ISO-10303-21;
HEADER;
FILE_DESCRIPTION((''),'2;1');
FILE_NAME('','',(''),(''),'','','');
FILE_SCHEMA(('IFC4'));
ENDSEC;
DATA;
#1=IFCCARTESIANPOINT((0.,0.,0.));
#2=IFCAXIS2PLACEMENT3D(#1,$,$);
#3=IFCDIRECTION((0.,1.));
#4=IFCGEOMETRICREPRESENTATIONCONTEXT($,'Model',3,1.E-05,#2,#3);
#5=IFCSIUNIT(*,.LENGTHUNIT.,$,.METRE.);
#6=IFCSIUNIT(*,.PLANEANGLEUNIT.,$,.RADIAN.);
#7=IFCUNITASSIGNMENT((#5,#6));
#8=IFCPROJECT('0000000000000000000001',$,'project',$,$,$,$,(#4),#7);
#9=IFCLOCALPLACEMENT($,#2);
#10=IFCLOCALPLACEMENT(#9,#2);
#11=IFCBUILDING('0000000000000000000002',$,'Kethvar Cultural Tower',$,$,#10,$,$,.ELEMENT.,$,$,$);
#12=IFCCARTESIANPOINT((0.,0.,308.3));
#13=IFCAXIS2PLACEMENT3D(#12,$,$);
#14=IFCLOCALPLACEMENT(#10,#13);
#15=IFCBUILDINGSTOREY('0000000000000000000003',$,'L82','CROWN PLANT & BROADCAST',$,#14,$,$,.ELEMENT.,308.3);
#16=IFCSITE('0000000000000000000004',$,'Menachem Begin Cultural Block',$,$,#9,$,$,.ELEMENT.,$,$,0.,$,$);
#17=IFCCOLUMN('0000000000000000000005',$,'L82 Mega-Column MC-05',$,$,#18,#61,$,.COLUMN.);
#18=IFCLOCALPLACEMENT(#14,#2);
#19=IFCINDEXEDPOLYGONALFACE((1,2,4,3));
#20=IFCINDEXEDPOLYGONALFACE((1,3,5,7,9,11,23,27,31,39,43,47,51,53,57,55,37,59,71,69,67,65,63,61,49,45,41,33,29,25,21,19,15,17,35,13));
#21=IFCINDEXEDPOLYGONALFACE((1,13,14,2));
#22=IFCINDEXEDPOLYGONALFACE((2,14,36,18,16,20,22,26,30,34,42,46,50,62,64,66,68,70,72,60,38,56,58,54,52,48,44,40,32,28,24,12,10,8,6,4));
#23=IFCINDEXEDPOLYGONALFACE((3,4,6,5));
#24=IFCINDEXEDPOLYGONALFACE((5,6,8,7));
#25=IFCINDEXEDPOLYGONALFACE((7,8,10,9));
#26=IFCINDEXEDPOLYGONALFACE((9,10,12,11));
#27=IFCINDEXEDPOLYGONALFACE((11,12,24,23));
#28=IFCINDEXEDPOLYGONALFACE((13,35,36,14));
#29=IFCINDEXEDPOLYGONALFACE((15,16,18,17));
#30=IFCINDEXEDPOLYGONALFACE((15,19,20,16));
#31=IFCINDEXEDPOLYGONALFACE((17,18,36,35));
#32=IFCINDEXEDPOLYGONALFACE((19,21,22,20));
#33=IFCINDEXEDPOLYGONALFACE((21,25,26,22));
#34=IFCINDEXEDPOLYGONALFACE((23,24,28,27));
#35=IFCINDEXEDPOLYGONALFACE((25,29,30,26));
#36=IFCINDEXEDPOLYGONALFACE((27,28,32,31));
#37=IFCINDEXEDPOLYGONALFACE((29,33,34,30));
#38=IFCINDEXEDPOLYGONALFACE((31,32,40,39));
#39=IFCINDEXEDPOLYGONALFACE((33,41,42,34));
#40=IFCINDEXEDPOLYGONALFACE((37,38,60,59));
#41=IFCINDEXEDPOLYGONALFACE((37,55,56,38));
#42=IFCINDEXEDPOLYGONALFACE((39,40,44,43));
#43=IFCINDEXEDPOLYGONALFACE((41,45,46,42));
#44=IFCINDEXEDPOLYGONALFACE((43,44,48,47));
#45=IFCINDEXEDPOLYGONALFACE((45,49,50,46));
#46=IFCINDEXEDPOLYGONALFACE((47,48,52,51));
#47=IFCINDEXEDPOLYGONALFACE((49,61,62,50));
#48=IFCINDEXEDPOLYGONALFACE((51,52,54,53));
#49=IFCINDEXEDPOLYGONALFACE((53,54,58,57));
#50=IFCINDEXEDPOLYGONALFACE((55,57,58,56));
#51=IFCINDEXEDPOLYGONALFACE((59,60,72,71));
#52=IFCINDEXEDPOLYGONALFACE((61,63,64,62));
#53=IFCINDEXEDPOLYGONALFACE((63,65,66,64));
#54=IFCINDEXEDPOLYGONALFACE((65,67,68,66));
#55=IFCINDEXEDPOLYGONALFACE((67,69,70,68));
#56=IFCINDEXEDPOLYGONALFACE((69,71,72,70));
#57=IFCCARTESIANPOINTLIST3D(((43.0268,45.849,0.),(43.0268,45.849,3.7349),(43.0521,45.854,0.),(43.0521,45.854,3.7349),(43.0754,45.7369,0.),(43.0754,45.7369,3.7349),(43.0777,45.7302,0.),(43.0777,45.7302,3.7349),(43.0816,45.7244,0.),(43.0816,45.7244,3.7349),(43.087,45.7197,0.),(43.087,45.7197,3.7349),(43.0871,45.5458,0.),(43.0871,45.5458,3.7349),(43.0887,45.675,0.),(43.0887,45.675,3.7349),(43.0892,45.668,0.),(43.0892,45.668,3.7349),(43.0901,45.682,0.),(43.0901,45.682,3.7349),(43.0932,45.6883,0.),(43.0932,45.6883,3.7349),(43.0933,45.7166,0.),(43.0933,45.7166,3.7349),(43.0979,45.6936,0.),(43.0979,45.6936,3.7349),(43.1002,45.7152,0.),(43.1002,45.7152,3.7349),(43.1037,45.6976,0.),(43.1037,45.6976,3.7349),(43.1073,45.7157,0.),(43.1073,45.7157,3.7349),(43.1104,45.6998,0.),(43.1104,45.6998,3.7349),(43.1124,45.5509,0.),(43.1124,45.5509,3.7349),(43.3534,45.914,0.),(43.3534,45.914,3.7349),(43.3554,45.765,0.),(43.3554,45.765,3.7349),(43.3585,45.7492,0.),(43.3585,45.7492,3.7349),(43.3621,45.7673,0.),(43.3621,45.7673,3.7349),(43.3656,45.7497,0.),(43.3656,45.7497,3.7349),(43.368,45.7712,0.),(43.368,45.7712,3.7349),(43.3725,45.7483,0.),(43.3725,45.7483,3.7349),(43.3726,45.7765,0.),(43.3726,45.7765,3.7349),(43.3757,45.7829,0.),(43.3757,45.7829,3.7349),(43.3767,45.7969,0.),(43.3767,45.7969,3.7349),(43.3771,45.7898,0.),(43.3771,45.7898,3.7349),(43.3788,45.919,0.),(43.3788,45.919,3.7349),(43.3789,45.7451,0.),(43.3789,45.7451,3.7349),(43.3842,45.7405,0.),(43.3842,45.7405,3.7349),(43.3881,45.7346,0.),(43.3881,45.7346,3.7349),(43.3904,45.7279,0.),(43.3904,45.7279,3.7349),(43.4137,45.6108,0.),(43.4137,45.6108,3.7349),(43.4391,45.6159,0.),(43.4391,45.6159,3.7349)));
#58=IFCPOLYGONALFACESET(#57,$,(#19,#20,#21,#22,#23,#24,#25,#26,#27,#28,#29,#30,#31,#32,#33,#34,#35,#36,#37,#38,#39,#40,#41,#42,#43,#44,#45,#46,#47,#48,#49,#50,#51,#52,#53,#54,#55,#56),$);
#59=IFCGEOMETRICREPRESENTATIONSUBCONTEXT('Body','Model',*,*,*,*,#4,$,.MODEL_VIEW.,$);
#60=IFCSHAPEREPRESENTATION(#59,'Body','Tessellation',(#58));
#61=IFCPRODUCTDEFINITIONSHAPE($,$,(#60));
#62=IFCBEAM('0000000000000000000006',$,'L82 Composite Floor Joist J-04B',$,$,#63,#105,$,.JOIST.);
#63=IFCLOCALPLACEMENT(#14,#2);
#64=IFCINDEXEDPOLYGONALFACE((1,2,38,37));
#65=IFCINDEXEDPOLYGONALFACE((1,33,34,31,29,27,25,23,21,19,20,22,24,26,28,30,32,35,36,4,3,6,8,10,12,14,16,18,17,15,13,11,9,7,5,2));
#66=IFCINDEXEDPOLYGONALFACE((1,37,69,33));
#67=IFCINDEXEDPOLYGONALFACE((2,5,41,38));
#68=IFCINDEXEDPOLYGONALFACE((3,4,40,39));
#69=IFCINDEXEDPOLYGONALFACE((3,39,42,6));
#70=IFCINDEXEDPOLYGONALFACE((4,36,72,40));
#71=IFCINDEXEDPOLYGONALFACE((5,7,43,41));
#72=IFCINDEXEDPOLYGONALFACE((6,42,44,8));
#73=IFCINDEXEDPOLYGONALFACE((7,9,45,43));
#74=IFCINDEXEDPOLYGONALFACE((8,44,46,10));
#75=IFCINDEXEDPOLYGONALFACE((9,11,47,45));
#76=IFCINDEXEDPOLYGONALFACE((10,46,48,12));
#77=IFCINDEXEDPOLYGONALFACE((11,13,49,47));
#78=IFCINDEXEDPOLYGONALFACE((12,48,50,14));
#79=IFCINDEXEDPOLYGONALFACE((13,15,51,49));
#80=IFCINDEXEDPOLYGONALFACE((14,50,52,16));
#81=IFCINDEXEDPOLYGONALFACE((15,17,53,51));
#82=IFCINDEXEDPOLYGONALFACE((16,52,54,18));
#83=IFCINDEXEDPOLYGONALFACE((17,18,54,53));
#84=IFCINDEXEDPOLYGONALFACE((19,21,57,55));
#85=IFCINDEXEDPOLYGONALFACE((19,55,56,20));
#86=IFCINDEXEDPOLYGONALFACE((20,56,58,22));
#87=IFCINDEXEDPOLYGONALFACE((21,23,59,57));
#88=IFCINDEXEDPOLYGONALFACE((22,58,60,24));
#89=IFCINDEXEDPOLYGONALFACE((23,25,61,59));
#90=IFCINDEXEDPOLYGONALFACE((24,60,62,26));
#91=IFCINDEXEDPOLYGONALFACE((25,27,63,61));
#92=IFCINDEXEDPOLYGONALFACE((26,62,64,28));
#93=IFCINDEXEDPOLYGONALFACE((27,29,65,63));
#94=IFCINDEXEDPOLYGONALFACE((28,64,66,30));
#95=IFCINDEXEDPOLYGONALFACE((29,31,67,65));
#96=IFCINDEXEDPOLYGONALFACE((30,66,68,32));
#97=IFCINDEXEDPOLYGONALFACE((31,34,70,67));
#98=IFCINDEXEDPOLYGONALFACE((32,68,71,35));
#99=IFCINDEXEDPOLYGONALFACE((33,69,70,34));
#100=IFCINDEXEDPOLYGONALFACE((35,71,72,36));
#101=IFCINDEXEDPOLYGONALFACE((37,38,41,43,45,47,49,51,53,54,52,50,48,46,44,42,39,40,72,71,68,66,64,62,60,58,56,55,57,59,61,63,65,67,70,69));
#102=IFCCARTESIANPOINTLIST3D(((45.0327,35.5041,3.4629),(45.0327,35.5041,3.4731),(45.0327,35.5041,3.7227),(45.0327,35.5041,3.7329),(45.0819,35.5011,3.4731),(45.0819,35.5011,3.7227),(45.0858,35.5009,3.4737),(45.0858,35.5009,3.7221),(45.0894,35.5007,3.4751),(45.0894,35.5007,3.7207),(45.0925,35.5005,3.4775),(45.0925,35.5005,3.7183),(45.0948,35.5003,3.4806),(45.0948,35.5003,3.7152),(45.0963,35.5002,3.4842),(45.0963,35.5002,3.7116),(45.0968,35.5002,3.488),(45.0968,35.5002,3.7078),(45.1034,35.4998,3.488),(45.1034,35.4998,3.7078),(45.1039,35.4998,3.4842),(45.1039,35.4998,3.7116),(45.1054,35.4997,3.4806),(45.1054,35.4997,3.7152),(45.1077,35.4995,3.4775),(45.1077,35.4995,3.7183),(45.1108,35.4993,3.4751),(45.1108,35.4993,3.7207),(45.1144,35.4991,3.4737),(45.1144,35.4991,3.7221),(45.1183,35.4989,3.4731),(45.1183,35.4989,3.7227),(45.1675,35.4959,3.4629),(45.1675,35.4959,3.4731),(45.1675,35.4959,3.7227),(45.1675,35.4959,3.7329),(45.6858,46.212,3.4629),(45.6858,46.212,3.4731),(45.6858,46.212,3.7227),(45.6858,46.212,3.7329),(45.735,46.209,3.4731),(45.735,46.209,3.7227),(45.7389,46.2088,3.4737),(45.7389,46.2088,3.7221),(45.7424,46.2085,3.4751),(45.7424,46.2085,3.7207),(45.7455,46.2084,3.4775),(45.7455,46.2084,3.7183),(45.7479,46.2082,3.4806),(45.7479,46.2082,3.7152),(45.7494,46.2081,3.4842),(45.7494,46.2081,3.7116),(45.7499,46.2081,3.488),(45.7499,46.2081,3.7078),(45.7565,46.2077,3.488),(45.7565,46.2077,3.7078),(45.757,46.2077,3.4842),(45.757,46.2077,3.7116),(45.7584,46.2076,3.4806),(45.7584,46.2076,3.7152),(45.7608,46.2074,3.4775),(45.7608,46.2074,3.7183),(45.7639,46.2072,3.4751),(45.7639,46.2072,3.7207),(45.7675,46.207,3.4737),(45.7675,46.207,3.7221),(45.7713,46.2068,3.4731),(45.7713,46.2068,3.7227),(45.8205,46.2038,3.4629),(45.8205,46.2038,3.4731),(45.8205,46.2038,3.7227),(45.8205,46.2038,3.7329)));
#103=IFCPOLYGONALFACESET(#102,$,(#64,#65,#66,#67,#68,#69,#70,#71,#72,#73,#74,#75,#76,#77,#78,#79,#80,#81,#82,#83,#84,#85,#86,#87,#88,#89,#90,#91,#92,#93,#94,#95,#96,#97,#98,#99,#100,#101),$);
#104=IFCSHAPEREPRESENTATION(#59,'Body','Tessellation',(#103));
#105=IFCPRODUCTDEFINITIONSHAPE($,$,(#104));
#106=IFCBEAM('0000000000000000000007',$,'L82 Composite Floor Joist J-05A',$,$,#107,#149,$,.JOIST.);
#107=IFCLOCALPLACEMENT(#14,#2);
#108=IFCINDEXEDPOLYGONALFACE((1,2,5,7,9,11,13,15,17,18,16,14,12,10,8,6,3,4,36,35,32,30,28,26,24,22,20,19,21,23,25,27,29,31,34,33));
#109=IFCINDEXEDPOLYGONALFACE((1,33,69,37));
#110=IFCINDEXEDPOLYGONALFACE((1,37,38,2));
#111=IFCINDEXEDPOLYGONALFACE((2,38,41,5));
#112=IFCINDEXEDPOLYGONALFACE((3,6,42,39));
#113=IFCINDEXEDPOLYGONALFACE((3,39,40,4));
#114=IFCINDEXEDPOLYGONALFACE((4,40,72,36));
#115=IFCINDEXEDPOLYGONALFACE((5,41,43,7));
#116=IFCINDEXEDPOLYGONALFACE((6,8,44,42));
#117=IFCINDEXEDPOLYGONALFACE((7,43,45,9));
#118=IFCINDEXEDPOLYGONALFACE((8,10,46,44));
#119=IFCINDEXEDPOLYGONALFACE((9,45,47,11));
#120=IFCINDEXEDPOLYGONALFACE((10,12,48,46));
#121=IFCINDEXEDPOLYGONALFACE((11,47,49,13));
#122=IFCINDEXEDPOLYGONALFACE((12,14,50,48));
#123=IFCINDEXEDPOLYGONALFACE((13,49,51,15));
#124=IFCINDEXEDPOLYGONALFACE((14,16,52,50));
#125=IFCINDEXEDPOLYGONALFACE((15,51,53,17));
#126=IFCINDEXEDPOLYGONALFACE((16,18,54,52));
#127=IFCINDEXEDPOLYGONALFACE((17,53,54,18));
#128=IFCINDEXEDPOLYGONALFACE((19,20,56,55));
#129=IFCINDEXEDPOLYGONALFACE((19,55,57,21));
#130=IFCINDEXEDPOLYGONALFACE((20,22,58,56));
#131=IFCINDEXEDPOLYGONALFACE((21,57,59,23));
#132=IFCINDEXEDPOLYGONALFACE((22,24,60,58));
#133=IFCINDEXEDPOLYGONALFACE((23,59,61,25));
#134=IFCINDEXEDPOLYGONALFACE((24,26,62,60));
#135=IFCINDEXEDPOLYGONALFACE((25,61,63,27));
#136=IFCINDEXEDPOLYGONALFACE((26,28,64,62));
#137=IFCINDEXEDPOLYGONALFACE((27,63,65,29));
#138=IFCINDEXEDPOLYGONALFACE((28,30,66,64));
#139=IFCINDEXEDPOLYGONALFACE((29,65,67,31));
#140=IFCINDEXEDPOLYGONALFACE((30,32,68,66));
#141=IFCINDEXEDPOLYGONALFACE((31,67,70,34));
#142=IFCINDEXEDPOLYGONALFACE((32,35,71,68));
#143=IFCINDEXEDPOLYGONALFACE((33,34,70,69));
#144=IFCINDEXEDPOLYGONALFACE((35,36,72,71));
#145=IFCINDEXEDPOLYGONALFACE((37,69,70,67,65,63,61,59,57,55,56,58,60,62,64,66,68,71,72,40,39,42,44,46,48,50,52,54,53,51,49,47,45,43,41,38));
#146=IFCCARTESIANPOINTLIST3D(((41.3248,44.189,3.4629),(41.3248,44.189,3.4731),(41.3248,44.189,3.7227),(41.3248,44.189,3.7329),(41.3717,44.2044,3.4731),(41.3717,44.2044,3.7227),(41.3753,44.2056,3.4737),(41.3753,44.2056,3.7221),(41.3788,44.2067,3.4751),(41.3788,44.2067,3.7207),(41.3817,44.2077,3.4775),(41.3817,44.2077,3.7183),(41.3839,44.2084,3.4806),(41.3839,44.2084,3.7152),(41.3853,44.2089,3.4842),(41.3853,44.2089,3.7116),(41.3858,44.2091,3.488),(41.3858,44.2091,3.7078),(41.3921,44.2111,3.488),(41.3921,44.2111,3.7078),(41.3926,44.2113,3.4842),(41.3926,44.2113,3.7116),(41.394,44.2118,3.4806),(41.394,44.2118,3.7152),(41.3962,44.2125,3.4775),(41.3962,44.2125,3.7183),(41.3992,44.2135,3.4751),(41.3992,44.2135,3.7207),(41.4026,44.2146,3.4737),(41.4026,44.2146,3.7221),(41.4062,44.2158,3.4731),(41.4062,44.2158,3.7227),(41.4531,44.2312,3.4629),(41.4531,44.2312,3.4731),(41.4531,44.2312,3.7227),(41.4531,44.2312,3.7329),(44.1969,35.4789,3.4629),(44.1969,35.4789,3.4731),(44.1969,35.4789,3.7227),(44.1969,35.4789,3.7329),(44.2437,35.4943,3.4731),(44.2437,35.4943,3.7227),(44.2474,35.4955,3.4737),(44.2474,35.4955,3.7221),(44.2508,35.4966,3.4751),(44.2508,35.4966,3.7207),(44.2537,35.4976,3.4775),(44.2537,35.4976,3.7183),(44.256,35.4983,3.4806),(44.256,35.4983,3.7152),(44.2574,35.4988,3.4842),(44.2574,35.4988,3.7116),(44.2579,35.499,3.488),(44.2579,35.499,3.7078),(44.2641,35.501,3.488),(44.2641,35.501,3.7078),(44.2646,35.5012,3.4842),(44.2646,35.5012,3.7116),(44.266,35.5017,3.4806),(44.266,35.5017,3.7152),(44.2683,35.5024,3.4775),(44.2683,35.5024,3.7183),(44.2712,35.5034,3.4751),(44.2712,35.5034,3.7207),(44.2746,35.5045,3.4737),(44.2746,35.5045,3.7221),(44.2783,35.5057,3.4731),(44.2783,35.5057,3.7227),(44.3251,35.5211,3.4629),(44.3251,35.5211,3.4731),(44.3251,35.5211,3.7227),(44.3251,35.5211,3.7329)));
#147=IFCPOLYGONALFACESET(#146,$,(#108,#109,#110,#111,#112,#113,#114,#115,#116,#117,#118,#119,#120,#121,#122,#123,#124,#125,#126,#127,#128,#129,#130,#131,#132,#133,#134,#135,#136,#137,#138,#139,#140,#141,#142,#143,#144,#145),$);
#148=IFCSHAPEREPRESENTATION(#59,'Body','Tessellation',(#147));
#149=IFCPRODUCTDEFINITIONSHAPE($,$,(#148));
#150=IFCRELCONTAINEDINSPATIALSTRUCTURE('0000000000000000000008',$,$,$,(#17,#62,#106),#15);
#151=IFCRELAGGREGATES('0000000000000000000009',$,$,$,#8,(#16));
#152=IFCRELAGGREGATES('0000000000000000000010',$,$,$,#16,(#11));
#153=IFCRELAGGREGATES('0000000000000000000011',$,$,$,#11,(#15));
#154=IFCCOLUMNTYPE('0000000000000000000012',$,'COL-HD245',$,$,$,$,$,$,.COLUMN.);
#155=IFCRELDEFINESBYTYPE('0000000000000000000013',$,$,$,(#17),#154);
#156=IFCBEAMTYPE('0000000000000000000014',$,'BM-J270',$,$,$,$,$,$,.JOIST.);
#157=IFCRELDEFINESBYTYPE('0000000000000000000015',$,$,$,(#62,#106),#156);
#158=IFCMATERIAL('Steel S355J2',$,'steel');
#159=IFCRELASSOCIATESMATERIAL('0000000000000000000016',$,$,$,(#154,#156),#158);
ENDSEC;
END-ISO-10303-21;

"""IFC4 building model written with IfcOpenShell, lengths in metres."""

from ifc_helpers import new_model, si_unit, direction, frame, origin, origin_2d, place, context, subcontext, project, spatial, i_section, extrude, source, transform, mapped, material, material_profile, profile_set, type_object, element, save


model = new_model("IFC4")

# Units and contexts
model_context = context("Model", 3, precision=1e-05, world=origin(), true_north=direction((0.0, 1.0)))
body_context = subcontext(model_context, "Body", "Model", "MODEL_VIEW")
ifc_project = project(units=[si_unit("LENGTHUNIT", "METRE"), si_unit("PLANEANGLEUNIT", "RADIAN")], contexts=[model_context])

# Site, building, storey
site_placement = place(None, origin())
site = spatial("IfcSite", under=ifc_project, at=site_placement, Name="Menachem Begin Cultural Block", CompositionType="ELEMENT", RefElevation=0.0)
building_placement = place(site_placement, origin())
building = spatial("IfcBuilding", under=site, at=building_placement, Name="Kethvar Cultural Tower", CompositionType="ELEMENT")
storey_placement = place(building_placement, frame((0.0, 0.0, 308.3)))
storey = spatial("IfcBuildingStorey", under=building, at=storey_placement, Name="L82", Description="CROWN PLANT & BROADCAST", CompositionType="ELEMENT", Elevation=308.3)

# Column
ifc_material_1 = material(Name="Steel S355J2", Category="steel")
ifc_material_profile_1 = material_profile(ifc_material_1, i_section(OverallWidth=0.3091, OverallDepth=0.3589, WebThickness=0.0161, FlangeThickness=0.0259, FilletRadius=0.0271, at=origin_2d()), Name="Steel S355J2 — HD320x245")
ifc_profile_set_1 = profile_set([ifc_material_profile_1], Name="Steel S355J2 — HD320x245")
column_type = type_object("IfcColumnType", Name="COL-HD245", PredefinedType="COLUMN", material=ifc_profile_set_1)
shared_shape_1 = source(origin(), body_context, "Body", "SweptSolid", [
    extrude(i_section(OverallWidth=0.3091, OverallDepth=0.3589, WebThickness=0.0161, FlangeThickness=0.0259, FilletRadius=0.0271, at=origin_2d()), origin(), (0.0, 0.0, 1.0), 3.7349),
])
column_placement = place(storey_placement, frame((43.2329, 45.7324, 0.0), z_axis=(0.0, 0.0, 1.0), x_axis=(-0.19509, 0.980785, 0.0)))
element("IfcColumn", 1, at=column_placement, inside=storey, type_object=column_type, Name="L82 Mega-Column MC-05", PredefinedType="COLUMN", context=body_context, shape_type="MappedRepresentation", body=[
    mapped(shared_shape_1, transform((0.0, 0.0, 0.0), scale=1.0)),
])

# Beams
ifc_material_profile_2 = material_profile(ifc_material_1, i_section(OverallWidth=0.135, OverallDepth=0.27, WebThickness=0.0066, FlangeThickness=0.0103, FilletRadius=0.0149, at=origin_2d()), Name="Steel S355J2 — IPE270")
ifc_profile_set_2 = profile_set([ifc_material_profile_2], Name="Steel S355J2 — IPE270")
beam_type_1 = type_object("IfcBeamType", Name="BM-J270", PredefinedType="JOIST", material=ifc_profile_set_2)
shared_shape_2 = source(origin(), body_context, "Body", "SweptSolid", [
    extrude(i_section(OverallWidth=0.135, OverallDepth=0.27, WebThickness=0.0066, FlangeThickness=0.0103, FilletRadius=0.0149, at=origin_2d()), origin(), (0.0, 0.0, 1.0), 10.7278),
])
beam_1_placement = place(storey_placement, frame((45.1001, 35.5, 3.5979), z_axis=(0.060876, 0.998145, 0.0), x_axis=(-0.998145, 0.060876, 0.0)))
element("IfcBeam", 2, at=beam_1_placement, inside=storey, type_object=beam_type_1, Name="L82 Composite Floor Joist J-04B", PredefinedType="JOIST", context=body_context, shape_type="MappedRepresentation", body=[
    mapped(shared_shape_2, transform((0.0, 0.0, 0.0), scale=1.0)),
])
shared_shape_3 = source(origin(), body_context, "Body", "SweptSolid", [
    extrude(i_section(OverallWidth=0.135, OverallDepth=0.27, WebThickness=0.0066, FlangeThickness=0.0103, FilletRadius=0.0149, at=origin_2d()), origin(), (0.0, 0.0, 1.0), 9.1714),
])
beam_2_placement = place(storey_placement, frame((44.261, 35.5, 3.5979), z_axis=(-0.313152, 0.949703, 0.0), x_axis=(-0.949703, -0.313152, 0.0)))
element("IfcBeam", 3, at=beam_2_placement, inside=storey, type_object=beam_type_1, Name="L82 Composite Floor Joist J-05A", PredefinedType="JOIST", context=body_context, shape_type="MappedRepresentation", body=[
    mapped(shared_shape_3, transform((0.0, 0.0, 0.0), scale=1.0)),
])

save(model, "model.ifc")
